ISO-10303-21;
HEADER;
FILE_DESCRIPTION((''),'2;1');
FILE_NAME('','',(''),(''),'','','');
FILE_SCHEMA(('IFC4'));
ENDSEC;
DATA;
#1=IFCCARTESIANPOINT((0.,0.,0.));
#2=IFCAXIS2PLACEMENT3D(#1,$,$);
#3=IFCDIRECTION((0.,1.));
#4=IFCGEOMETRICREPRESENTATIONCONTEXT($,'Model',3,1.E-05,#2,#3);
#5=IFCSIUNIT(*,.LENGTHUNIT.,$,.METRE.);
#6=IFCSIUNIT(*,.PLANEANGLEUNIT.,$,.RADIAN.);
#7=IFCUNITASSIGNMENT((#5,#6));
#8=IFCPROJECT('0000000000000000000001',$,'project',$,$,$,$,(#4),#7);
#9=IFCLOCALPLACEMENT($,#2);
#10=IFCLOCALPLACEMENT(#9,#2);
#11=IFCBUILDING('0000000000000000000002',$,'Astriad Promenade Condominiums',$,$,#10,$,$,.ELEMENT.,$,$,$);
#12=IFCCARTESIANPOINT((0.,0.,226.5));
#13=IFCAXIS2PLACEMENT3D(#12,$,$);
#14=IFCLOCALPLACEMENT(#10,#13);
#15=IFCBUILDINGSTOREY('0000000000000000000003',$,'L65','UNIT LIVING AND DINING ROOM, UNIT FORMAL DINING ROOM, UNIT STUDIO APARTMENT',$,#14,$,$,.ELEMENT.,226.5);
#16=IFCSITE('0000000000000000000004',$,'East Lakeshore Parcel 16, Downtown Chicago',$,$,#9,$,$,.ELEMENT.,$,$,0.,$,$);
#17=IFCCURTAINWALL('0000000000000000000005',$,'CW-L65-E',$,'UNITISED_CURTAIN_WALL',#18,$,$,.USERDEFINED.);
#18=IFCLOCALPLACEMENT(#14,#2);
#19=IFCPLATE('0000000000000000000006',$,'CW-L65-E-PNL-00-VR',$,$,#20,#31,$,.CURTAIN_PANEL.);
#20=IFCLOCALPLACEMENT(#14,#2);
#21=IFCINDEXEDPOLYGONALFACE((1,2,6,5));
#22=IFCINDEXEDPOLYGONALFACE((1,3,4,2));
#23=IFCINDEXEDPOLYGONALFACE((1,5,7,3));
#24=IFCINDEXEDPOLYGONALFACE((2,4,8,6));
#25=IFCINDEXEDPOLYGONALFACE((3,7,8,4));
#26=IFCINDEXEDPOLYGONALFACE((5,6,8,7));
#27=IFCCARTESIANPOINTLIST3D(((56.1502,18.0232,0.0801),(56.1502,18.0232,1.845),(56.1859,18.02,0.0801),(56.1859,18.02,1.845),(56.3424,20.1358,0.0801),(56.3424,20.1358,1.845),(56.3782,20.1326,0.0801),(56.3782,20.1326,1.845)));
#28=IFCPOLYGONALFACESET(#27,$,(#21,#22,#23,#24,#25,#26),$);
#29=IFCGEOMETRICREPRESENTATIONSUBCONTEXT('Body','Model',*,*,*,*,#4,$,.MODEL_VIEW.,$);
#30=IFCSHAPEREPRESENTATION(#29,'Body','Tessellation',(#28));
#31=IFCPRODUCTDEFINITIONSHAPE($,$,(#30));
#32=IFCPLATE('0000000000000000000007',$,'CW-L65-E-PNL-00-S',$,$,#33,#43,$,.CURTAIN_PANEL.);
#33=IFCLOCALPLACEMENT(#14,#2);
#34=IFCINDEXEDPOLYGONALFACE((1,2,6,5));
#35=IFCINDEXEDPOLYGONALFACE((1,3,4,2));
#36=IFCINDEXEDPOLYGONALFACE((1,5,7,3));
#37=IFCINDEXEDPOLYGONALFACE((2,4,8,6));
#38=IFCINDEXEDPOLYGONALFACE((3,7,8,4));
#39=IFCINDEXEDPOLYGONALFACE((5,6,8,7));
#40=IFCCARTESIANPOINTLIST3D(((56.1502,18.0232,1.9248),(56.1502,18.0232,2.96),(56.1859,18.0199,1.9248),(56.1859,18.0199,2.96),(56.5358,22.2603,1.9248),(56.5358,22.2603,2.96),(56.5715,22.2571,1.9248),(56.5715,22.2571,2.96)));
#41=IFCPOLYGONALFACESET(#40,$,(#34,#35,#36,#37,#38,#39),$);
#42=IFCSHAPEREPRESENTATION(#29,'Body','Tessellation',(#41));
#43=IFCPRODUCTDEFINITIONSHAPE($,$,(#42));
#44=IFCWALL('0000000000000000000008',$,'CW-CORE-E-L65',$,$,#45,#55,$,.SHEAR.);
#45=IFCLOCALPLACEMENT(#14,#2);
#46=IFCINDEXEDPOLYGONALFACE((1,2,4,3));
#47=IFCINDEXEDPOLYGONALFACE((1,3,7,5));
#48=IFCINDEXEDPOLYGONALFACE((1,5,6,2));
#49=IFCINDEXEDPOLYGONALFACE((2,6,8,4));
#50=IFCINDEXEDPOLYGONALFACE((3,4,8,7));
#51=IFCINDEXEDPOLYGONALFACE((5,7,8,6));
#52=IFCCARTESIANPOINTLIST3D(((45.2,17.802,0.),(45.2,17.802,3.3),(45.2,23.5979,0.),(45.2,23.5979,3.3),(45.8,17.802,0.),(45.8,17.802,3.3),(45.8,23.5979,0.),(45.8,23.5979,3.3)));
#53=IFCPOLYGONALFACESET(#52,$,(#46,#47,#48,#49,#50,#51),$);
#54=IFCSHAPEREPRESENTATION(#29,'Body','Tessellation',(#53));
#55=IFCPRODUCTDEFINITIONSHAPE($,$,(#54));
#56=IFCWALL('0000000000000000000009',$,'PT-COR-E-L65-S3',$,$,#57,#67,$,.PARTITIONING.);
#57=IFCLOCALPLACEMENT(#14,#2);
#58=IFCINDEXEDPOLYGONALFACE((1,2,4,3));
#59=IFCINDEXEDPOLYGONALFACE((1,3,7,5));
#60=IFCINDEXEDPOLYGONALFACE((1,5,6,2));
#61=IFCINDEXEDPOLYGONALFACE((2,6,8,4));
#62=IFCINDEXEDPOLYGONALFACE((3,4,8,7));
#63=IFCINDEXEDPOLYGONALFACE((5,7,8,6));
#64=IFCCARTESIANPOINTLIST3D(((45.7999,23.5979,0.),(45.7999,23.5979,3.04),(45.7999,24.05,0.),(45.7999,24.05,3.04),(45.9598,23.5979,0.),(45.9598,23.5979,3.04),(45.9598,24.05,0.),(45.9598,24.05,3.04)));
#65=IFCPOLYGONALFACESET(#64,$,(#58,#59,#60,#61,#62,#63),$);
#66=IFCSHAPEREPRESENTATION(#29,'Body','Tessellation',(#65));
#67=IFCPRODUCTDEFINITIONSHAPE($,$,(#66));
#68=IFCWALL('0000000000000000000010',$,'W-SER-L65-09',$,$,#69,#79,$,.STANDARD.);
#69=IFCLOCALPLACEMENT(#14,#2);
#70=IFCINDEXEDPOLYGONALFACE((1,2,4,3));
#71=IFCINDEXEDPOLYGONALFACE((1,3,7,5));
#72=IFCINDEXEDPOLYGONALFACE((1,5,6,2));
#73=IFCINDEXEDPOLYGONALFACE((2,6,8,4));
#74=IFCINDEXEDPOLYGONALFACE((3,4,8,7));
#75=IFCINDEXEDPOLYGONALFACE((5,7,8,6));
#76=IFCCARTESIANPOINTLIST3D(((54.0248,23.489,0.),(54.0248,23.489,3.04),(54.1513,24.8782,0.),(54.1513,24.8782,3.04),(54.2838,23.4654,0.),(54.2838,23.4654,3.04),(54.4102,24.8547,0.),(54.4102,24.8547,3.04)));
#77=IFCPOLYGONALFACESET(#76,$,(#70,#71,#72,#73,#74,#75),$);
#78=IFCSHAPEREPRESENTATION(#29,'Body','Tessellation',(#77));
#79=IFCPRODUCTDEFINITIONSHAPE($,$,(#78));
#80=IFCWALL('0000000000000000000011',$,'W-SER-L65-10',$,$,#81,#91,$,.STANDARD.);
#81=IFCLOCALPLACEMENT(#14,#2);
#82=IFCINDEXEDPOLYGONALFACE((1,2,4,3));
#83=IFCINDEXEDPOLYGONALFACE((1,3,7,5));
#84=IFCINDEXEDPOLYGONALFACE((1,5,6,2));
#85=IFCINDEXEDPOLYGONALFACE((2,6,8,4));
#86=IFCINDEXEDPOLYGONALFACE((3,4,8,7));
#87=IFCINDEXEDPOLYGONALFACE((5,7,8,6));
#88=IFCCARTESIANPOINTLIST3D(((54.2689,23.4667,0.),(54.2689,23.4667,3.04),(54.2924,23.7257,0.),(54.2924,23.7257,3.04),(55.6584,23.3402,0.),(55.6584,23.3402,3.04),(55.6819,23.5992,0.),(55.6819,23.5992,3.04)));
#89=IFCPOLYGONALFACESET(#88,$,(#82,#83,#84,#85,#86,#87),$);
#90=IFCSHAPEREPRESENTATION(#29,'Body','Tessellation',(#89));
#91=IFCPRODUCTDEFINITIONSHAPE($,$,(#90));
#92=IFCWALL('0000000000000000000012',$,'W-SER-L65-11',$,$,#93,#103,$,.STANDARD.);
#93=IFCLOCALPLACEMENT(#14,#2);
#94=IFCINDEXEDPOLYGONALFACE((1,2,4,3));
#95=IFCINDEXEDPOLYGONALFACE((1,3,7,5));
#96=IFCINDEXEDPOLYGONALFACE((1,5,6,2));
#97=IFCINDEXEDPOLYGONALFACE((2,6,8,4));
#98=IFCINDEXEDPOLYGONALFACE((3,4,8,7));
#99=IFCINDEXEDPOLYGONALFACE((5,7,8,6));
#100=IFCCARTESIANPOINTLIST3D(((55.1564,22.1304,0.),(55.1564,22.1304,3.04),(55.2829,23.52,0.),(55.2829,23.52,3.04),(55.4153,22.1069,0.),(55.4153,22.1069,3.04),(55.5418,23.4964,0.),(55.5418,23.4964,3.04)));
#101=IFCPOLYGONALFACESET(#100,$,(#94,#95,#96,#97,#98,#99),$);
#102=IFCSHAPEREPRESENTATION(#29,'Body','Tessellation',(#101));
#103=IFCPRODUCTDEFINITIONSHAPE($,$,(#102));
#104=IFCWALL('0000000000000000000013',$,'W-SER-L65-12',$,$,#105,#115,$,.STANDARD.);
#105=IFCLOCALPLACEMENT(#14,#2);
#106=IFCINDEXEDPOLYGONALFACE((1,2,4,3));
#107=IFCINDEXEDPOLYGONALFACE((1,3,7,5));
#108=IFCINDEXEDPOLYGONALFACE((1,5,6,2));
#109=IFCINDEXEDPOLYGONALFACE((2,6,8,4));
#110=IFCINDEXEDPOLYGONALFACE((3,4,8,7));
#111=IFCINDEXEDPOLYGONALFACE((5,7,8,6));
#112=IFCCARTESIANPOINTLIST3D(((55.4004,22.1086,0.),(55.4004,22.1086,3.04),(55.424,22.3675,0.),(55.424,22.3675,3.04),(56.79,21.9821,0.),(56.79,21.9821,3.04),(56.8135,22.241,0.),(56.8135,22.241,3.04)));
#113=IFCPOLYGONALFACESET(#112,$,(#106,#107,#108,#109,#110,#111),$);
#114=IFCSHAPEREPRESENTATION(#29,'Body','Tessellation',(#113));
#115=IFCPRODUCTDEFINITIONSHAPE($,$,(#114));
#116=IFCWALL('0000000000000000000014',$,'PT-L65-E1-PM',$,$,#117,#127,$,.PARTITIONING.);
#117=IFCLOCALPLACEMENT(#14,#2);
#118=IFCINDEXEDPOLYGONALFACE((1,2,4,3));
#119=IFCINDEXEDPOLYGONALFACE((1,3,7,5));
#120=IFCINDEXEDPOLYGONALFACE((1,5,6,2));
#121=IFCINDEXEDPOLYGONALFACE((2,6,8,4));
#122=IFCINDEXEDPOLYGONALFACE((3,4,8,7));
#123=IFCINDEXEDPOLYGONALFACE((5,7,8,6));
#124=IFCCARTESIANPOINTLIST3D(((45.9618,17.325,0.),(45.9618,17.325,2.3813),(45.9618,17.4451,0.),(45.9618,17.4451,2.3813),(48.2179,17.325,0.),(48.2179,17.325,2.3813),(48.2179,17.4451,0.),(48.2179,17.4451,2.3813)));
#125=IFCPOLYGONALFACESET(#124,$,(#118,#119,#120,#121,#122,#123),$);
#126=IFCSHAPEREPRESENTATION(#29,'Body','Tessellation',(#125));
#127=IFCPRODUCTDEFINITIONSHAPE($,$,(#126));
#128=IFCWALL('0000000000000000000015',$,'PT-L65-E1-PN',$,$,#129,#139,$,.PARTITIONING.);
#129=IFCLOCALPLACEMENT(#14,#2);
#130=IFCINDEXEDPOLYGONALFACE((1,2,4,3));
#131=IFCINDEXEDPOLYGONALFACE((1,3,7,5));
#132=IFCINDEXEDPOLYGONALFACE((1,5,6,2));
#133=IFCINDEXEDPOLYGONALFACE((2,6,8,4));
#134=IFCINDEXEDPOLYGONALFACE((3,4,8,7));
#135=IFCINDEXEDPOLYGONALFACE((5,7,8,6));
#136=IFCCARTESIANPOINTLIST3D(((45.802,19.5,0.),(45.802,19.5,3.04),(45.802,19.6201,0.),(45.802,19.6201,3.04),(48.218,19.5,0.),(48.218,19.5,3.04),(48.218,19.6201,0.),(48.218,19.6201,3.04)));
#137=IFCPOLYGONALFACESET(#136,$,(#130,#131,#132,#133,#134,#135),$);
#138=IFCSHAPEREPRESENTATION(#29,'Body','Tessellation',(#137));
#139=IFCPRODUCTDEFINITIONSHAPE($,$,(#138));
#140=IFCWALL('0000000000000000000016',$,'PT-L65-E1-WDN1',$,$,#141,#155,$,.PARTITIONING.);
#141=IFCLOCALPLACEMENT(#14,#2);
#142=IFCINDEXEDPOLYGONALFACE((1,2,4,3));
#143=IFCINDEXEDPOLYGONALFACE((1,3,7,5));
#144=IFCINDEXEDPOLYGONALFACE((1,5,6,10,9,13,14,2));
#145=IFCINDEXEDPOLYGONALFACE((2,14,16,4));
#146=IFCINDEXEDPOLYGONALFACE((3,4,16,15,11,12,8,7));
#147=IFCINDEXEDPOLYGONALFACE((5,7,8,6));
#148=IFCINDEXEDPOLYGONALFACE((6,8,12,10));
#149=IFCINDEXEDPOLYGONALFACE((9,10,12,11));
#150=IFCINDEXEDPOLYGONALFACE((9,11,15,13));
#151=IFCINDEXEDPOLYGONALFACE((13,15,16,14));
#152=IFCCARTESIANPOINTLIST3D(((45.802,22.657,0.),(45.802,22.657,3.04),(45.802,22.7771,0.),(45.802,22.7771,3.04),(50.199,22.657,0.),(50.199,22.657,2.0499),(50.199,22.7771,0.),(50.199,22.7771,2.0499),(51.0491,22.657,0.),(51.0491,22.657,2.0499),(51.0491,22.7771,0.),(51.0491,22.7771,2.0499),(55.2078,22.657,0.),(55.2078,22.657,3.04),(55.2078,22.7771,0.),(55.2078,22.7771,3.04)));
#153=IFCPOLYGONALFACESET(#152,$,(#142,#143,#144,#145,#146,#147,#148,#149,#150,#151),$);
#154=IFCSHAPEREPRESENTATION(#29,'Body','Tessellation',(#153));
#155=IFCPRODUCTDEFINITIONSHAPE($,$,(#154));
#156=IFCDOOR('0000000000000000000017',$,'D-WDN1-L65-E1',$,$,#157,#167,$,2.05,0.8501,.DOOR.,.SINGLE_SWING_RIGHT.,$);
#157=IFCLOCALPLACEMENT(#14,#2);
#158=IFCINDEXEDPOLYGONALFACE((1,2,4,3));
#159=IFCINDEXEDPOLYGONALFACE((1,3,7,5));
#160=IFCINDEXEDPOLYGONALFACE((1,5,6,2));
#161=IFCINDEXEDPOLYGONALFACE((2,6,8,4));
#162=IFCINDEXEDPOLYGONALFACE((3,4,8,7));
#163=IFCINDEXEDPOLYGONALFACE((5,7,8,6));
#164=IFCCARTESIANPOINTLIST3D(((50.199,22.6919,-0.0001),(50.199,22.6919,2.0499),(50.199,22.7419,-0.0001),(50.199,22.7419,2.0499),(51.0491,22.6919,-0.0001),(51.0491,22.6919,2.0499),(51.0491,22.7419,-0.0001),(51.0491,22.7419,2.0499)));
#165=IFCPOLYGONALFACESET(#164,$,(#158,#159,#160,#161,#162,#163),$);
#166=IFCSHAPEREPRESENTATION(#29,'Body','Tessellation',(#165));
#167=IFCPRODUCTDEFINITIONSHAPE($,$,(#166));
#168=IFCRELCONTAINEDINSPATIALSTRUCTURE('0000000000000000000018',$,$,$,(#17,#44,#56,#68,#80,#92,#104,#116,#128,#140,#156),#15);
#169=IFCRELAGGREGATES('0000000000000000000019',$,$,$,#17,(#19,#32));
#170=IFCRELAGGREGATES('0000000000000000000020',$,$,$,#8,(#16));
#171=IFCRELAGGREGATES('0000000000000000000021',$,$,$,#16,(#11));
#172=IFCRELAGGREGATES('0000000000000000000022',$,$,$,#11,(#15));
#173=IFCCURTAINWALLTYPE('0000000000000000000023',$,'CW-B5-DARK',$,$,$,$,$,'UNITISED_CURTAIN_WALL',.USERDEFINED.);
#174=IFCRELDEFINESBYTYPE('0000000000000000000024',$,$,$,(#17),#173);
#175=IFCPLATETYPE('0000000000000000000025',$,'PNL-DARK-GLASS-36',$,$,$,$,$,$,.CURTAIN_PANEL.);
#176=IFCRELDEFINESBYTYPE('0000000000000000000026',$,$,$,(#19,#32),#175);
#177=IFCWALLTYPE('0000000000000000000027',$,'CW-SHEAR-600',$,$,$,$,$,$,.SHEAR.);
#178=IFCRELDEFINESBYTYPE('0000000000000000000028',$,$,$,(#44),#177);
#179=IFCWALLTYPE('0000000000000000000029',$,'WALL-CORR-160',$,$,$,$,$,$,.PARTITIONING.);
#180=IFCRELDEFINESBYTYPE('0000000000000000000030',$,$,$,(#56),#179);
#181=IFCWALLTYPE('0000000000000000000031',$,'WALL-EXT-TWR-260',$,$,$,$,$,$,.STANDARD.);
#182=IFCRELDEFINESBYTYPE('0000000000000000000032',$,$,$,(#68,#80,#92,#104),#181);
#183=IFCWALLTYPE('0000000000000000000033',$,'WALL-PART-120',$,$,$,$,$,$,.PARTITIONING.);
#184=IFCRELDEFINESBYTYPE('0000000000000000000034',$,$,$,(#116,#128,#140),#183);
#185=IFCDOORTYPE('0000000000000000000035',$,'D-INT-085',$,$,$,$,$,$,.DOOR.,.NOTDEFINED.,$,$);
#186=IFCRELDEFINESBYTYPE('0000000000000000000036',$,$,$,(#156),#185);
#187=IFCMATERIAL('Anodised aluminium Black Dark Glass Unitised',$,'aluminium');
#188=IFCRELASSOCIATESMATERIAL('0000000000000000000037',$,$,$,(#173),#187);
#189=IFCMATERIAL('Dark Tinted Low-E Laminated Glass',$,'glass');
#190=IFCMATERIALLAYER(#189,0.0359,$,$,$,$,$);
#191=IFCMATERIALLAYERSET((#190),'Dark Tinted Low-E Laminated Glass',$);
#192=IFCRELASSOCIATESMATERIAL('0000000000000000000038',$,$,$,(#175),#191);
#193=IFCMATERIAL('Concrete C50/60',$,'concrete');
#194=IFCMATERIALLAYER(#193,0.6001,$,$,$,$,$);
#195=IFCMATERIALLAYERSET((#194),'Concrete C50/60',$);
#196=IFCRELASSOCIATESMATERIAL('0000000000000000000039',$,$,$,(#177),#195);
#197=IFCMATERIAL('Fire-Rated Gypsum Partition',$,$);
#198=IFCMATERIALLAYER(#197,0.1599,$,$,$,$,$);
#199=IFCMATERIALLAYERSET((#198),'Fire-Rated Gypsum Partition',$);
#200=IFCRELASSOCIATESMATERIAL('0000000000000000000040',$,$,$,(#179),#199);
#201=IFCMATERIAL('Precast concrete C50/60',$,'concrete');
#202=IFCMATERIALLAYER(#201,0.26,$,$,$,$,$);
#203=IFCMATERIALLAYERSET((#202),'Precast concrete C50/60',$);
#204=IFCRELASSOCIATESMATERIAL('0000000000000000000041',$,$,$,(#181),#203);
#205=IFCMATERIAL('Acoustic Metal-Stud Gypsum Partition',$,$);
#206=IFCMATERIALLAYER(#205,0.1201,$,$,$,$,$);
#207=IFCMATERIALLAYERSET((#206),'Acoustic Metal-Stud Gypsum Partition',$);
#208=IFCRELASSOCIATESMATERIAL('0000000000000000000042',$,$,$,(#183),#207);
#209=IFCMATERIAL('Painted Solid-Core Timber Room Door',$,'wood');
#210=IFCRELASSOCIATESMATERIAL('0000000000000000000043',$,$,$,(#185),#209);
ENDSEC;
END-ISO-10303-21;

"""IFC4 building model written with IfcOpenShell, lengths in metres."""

from ifc_helpers import new_model, si_unit, direction, frame, frame_2d, origin, origin_2d, place, context, subcontext, project, spatial, rectangle, extrude, source, transform, mapped, material, layer, layer_set, type_object, type_shapes, element, fill, aggregate, save


model = new_model("IFC4")

# Units and contexts
model_context = context("Model", 3, precision=1e-05, world=origin(), true_north=direction((0.0, 1.0)))
body_context = subcontext(model_context, "Body", "Model", "MODEL_VIEW")
ifc_project = project(units=[si_unit("LENGTHUNIT", "METRE"), si_unit("PLANEANGLEUNIT", "RADIAN")], contexts=[model_context])

# Site, building, storey
site_placement = place(None, origin())
site = spatial("IfcSite", under=ifc_project, at=site_placement, Name="East Lakeshore Parcel 16, Downtown Chicago", CompositionType="ELEMENT", RefElevation=0.0)
building_placement = place(site_placement, origin())
building = spatial("IfcBuilding", under=site, at=building_placement, Name="Astriad Promenade Condominiums", CompositionType="ELEMENT")
storey_placement = place(building_placement, frame((0.0, 0.0, 226.5)))
storey = spatial("IfcBuildingStorey", under=building, at=storey_placement, Name="L65", Description="UNIT LIVING AND DINING ROOM, UNIT FORMAL DINING ROOM, UNIT STUDIO APARTMENT", CompositionType="ELEMENT", Elevation=226.5)

# Shared definitions
ifc_material_1 = material(Name="Concrete C50/60", Category="concrete")

# Curtain wall, plates
ifc_material_2 = material(Name="Anodised aluminium Black Dark Glass Unitised", Category="aluminium")
curtain_wall_type = type_object("IfcCurtainWallType", Name="CW-B5-DARK", ElementType="UNITISED_CURTAIN_WALL", PredefinedType="USERDEFINED", material=ifc_material_2)
curtain_wall_placement = place(storey_placement, origin())
curtain_wall = element("IfcCurtainWall", 1, at=curtain_wall_placement, inside=storey, type_object=curtain_wall_type, Name="CW-L65-E", ObjectType="UNITISED_CURTAIN_WALL", PredefinedType="USERDEFINED")
ifc_material_3 = material(Name="Dark Tinted Low-E Laminated Glass", Category="glass")
ifc_layer_1 = layer(ifc_material_3, 0.0359)
ifc_layer_set_1 = layer_set([ifc_layer_1], Name="Dark Tinted Low-E Laminated Glass")
plate_type = type_object("IfcPlateType", Name="PNL-DARK-GLASS-36", PredefinedType="CURTAIN_PANEL", material=ifc_layer_set_1)
shared_shape_1 = source(origin(), body_context, "Body", "SweptSolid", [
    extrude(rectangle(XDim=2.1213, YDim=0.0359, at=origin_2d()), origin(), (0.0, 0.0, 1.0), 1.7649),
])
plate_1_placement = place(storey_placement, frame((56.2642, 19.0779, 0.0801), z_axis=(0.0, 0.0, 1.0), x_axis=(-0.090633, -0.995884, 0.0)))
plate_1 = element("IfcPlate", 2, at=plate_1_placement, type_object=plate_type, Name="CW-L65-E-PNL-00-VR", PredefinedType="CURTAIN_PANEL", context=body_context, shape_type="MappedRepresentation", body=[
    mapped(shared_shape_1, transform((0.0, 0.0, 0.0), scale=1.0)),
])
shared_shape_2 = source(origin(), body_context, "Body", "SweptSolid", [
    extrude(rectangle(XDim=4.2546, YDim=0.0359, at=origin_2d()), origin(), (0.0, 0.0, 1.0), 1.0352),
])
type_shapes(plate_type, [shared_shape_1, shared_shape_2])
plate_2_placement = place(storey_placement, frame((56.3608, 20.1401, 1.9248), z_axis=(0.0, 0.0, 1.0), x_axis=(-0.090633, -0.995884, 0.0)))
plate_2 = element("IfcPlate", 3, at=plate_2_placement, type_object=plate_type, Name="CW-L65-E-PNL-00-S", PredefinedType="CURTAIN_PANEL", context=body_context, shape_type="MappedRepresentation", body=[
    mapped(shared_shape_2, transform((0.0, 0.0, 0.0), scale=1.0)),
])
aggregate(curtain_wall, [plate_1, plate_2])

# Walls
ifc_layer_2 = layer(ifc_material_1, 0.6001)
ifc_layer_set_2 = layer_set([ifc_layer_2], Name="Concrete C50/60")
wall_type_1 = type_object("IfcWallType", Name="CW-SHEAR-600", PredefinedType="SHEAR", material=ifc_layer_set_2)
wall_1_placement = place(storey_placement, frame((45.5, 17.802, 0.0), z_axis=(0.0, 0.0, 1.0), x_axis=(0.0, 1.0, 0.0)))
element("IfcWall", 4, at=wall_1_placement, inside=storey, type_object=wall_type_1, Name="CW-CORE-E-L65", PredefinedType="SHEAR", context=body_context, shape_type="SweptSolid", body=[
    extrude(rectangle(XDim=5.7959, YDim=0.6001, at=frame_2d((2.8979, 0.0))), origin(), (0.0, 0.0, 1.0), 3.3),
])
ifc_material_4 = material(Name="Fire-Rated Gypsum Partition")
ifc_layer_3 = layer(ifc_material_4, 0.1599)
ifc_layer_set_3 = layer_set([ifc_layer_3], Name="Fire-Rated Gypsum Partition")
wall_type_2 = type_object("IfcWallType", Name="WALL-CORR-160", PredefinedType="PARTITIONING", material=ifc_layer_set_3)
wall_2_placement = place(storey_placement, frame((45.8799, 23.5979, 0.0), z_axis=(0.0, 0.0, 1.0), x_axis=(0.0, 1.0, 0.0)))
element("IfcWall", 5, at=wall_2_placement, inside=storey, type_object=wall_type_2, Name="PT-COR-E-L65-S3", PredefinedType="PARTITIONING", context=body_context, shape_type="SweptSolid", body=[
    extrude(rectangle(XDim=0.4521, YDim=0.1599, at=frame_2d((0.2261, 0.0))), origin(), (0.0, 0.0, 1.0), 3.04),
])
ifc_material_5 = material(Name="Precast concrete C50/60", Category="concrete")
ifc_layer_4 = layer(ifc_material_5, 0.26)
ifc_layer_set_4 = layer_set([ifc_layer_4], Name="Precast concrete C50/60")
wall_type_3 = type_object("IfcWallType", Name="WALL-EXT-TWR-260", PredefinedType="STANDARD", material=ifc_layer_set_4)
wall_3_placement = place(storey_placement, frame((54.2808, 24.8665, 0.0), z_axis=(0.0, 0.0, 1.0), x_axis=(-0.090662, -0.995882, 0.0)))
element("IfcWall", 6, at=wall_3_placement, inside=storey, type_object=wall_type_3, Name="W-SER-L65-09", PredefinedType="STANDARD", context=body_context, shape_type="SweptSolid", body=[
    extrude(rectangle(XDim=1.395, YDim=0.26, at=frame_2d((0.6975, 0.0))), origin(), (0.0, 0.0, 1.0), 3.04),
])
for number, where, z_axis, x_axis, name in (
    (7, (54.2805, 23.5962, 0.0), (0.0, 0.0, 1.0), (0.995883, -0.090646, 0.0), "W-SER-L65-10"),
    (8, (55.4124, 23.5083, 0.0), (0.0, 0.0, 1.0), (-0.090646, -0.995883, 0.0), "W-SER-L65-11"),
    (9, (55.4121, 22.238, 0.0), (0.0, 0.0, 1.0), (0.995883, -0.090646, 0.0), "W-SER-L65-12"),
):
    element("IfcWall", number, at=place(storey_placement, frame(where, z_axis=z_axis, x_axis=x_axis)), inside=storey, type_object=wall_type_3, Name=name, PredefinedType="STANDARD", context=body_context, shape_type="SweptSolid", body=[
        extrude(rectangle(XDim=1.3953, YDim=0.26, at=frame_2d((0.6978, 0.0))), origin(), (0.0, 0.0, 1.0), 3.04),
    ])
ifc_material_6 = material(Name="Acoustic Metal-Stud Gypsum Partition")
ifc_layer_5 = layer(ifc_material_6, 0.1201)
ifc_layer_set_5 = layer_set([ifc_layer_5], Name="Acoustic Metal-Stud Gypsum Partition")
wall_type_4 = type_object("IfcWallType", Name="WALL-PART-120", PredefinedType="PARTITIONING", material=ifc_layer_set_5)
wall_4_placement = place(storey_placement, frame((45.9619, 17.385, 0.0), z_axis=(0.0, 0.0, 1.0), x_axis=(1.0, 0.0, 0.0)))
element("IfcWall", 10, at=wall_4_placement, inside=storey, type_object=wall_type_4, Name="PT-L65-E1-PM", PredefinedType="PARTITIONING", context=body_context, shape_type="SweptSolid", body=[
    extrude(rectangle(XDim=2.2561, YDim=0.1201, at=frame_2d((1.1279, 0.0))), origin(), (0.0, 0.0, 1.0), 2.3813),
])
wall_5_placement = place(storey_placement, frame((45.802, 19.5601, 0.0), z_axis=(0.0, 0.0, 1.0), x_axis=(1.0, 0.0, 0.0)))
element("IfcWall", 11, at=wall_5_placement, inside=storey, type_object=wall_type_4, Name="PT-L65-E1-PN", PredefinedType="PARTITIONING", context=body_context, shape_type="SweptSolid", body=[
    extrude(rectangle(XDim=2.416, YDim=0.1201, at=frame_2d((1.208, 0.0))), origin(), (0.0, 0.0, 1.0), 3.04),
])

# Wall, opening, door
wall_6_placement = place(storey_placement, frame((45.802, 22.717, 0.0), z_axis=(0.0, 0.0, 1.0), x_axis=(1.0, 0.0, 0.0)))
wall_6 = element("IfcWall", 12, at=wall_6_placement, inside=storey, type_object=wall_type_4, Name="PT-L65-E1-WDN1", PredefinedType="PARTITIONING", context=body_context, shape_type="SweptSolid", body=[
    extrude(rectangle(XDim=9.4058, YDim=0.1201, at=frame_2d((4.7029, 0.0))), origin(), (0.0, 0.0, 1.0), 3.04),
])
opening_1_placement = place(wall_6_placement, frame((4.397, 0.0, 0.0)))
opening_1 = element("IfcOpeningElement", 13, at=opening_1_placement, cuts=wall_6, PredefinedType="OPENING", context=body_context, shape_type="SweptSolid", body=[
    extrude(rectangle(XDim=0.8501, YDim=2.05, at=frame_2d((0.425, 1.0249))), frame((0.0, 0.0701, 0.0), z_axis=(0.0, -1.0, 0.0), x_axis=(1.0, 0.0, 0.0)), (0.0, 0.0, 1.0), 0.1401),
])
ifc_material_7 = material(Name="Painted Solid-Core Timber Room Door", Category="wood")
door_type = type_object("IfcDoorType", Name="D-INT-085", OperationType="NOTDEFINED", PredefinedType="DOOR", material=ifc_material_7)
shared_shape_3 = source(origin(), body_context, "Body", "SweptSolid", [
    extrude(rectangle(XDim=0.8501, YDim=2.05, at=frame_2d((0.425, 1.0249))), frame((0.0, 0.0249, 0.0), z_axis=(0.0, -1.0, 0.0), x_axis=(1.0, 0.0, 0.0)), (0.0, 0.0, 1.0), 0.05),
])
type_shapes(door_type, [shared_shape_3])
door_1_placement = place(opening_1_placement, origin())
door_1 = element("IfcDoor", 14, at=door_1_placement, inside=storey, type_object=door_type, Name="D-WDN1-L65-E1", OperationType="SINGLE_SWING_RIGHT", OverallHeight=2.05, OverallWidth=0.8501, PredefinedType="DOOR", context=body_context, shape_type="MappedRepresentation", body=[
    mapped(shared_shape_3, transform((0.0, 0.0, 0.0), scale=1.0)),
])
fill(opening_1, door_1)

save(model, "model.ifc")
